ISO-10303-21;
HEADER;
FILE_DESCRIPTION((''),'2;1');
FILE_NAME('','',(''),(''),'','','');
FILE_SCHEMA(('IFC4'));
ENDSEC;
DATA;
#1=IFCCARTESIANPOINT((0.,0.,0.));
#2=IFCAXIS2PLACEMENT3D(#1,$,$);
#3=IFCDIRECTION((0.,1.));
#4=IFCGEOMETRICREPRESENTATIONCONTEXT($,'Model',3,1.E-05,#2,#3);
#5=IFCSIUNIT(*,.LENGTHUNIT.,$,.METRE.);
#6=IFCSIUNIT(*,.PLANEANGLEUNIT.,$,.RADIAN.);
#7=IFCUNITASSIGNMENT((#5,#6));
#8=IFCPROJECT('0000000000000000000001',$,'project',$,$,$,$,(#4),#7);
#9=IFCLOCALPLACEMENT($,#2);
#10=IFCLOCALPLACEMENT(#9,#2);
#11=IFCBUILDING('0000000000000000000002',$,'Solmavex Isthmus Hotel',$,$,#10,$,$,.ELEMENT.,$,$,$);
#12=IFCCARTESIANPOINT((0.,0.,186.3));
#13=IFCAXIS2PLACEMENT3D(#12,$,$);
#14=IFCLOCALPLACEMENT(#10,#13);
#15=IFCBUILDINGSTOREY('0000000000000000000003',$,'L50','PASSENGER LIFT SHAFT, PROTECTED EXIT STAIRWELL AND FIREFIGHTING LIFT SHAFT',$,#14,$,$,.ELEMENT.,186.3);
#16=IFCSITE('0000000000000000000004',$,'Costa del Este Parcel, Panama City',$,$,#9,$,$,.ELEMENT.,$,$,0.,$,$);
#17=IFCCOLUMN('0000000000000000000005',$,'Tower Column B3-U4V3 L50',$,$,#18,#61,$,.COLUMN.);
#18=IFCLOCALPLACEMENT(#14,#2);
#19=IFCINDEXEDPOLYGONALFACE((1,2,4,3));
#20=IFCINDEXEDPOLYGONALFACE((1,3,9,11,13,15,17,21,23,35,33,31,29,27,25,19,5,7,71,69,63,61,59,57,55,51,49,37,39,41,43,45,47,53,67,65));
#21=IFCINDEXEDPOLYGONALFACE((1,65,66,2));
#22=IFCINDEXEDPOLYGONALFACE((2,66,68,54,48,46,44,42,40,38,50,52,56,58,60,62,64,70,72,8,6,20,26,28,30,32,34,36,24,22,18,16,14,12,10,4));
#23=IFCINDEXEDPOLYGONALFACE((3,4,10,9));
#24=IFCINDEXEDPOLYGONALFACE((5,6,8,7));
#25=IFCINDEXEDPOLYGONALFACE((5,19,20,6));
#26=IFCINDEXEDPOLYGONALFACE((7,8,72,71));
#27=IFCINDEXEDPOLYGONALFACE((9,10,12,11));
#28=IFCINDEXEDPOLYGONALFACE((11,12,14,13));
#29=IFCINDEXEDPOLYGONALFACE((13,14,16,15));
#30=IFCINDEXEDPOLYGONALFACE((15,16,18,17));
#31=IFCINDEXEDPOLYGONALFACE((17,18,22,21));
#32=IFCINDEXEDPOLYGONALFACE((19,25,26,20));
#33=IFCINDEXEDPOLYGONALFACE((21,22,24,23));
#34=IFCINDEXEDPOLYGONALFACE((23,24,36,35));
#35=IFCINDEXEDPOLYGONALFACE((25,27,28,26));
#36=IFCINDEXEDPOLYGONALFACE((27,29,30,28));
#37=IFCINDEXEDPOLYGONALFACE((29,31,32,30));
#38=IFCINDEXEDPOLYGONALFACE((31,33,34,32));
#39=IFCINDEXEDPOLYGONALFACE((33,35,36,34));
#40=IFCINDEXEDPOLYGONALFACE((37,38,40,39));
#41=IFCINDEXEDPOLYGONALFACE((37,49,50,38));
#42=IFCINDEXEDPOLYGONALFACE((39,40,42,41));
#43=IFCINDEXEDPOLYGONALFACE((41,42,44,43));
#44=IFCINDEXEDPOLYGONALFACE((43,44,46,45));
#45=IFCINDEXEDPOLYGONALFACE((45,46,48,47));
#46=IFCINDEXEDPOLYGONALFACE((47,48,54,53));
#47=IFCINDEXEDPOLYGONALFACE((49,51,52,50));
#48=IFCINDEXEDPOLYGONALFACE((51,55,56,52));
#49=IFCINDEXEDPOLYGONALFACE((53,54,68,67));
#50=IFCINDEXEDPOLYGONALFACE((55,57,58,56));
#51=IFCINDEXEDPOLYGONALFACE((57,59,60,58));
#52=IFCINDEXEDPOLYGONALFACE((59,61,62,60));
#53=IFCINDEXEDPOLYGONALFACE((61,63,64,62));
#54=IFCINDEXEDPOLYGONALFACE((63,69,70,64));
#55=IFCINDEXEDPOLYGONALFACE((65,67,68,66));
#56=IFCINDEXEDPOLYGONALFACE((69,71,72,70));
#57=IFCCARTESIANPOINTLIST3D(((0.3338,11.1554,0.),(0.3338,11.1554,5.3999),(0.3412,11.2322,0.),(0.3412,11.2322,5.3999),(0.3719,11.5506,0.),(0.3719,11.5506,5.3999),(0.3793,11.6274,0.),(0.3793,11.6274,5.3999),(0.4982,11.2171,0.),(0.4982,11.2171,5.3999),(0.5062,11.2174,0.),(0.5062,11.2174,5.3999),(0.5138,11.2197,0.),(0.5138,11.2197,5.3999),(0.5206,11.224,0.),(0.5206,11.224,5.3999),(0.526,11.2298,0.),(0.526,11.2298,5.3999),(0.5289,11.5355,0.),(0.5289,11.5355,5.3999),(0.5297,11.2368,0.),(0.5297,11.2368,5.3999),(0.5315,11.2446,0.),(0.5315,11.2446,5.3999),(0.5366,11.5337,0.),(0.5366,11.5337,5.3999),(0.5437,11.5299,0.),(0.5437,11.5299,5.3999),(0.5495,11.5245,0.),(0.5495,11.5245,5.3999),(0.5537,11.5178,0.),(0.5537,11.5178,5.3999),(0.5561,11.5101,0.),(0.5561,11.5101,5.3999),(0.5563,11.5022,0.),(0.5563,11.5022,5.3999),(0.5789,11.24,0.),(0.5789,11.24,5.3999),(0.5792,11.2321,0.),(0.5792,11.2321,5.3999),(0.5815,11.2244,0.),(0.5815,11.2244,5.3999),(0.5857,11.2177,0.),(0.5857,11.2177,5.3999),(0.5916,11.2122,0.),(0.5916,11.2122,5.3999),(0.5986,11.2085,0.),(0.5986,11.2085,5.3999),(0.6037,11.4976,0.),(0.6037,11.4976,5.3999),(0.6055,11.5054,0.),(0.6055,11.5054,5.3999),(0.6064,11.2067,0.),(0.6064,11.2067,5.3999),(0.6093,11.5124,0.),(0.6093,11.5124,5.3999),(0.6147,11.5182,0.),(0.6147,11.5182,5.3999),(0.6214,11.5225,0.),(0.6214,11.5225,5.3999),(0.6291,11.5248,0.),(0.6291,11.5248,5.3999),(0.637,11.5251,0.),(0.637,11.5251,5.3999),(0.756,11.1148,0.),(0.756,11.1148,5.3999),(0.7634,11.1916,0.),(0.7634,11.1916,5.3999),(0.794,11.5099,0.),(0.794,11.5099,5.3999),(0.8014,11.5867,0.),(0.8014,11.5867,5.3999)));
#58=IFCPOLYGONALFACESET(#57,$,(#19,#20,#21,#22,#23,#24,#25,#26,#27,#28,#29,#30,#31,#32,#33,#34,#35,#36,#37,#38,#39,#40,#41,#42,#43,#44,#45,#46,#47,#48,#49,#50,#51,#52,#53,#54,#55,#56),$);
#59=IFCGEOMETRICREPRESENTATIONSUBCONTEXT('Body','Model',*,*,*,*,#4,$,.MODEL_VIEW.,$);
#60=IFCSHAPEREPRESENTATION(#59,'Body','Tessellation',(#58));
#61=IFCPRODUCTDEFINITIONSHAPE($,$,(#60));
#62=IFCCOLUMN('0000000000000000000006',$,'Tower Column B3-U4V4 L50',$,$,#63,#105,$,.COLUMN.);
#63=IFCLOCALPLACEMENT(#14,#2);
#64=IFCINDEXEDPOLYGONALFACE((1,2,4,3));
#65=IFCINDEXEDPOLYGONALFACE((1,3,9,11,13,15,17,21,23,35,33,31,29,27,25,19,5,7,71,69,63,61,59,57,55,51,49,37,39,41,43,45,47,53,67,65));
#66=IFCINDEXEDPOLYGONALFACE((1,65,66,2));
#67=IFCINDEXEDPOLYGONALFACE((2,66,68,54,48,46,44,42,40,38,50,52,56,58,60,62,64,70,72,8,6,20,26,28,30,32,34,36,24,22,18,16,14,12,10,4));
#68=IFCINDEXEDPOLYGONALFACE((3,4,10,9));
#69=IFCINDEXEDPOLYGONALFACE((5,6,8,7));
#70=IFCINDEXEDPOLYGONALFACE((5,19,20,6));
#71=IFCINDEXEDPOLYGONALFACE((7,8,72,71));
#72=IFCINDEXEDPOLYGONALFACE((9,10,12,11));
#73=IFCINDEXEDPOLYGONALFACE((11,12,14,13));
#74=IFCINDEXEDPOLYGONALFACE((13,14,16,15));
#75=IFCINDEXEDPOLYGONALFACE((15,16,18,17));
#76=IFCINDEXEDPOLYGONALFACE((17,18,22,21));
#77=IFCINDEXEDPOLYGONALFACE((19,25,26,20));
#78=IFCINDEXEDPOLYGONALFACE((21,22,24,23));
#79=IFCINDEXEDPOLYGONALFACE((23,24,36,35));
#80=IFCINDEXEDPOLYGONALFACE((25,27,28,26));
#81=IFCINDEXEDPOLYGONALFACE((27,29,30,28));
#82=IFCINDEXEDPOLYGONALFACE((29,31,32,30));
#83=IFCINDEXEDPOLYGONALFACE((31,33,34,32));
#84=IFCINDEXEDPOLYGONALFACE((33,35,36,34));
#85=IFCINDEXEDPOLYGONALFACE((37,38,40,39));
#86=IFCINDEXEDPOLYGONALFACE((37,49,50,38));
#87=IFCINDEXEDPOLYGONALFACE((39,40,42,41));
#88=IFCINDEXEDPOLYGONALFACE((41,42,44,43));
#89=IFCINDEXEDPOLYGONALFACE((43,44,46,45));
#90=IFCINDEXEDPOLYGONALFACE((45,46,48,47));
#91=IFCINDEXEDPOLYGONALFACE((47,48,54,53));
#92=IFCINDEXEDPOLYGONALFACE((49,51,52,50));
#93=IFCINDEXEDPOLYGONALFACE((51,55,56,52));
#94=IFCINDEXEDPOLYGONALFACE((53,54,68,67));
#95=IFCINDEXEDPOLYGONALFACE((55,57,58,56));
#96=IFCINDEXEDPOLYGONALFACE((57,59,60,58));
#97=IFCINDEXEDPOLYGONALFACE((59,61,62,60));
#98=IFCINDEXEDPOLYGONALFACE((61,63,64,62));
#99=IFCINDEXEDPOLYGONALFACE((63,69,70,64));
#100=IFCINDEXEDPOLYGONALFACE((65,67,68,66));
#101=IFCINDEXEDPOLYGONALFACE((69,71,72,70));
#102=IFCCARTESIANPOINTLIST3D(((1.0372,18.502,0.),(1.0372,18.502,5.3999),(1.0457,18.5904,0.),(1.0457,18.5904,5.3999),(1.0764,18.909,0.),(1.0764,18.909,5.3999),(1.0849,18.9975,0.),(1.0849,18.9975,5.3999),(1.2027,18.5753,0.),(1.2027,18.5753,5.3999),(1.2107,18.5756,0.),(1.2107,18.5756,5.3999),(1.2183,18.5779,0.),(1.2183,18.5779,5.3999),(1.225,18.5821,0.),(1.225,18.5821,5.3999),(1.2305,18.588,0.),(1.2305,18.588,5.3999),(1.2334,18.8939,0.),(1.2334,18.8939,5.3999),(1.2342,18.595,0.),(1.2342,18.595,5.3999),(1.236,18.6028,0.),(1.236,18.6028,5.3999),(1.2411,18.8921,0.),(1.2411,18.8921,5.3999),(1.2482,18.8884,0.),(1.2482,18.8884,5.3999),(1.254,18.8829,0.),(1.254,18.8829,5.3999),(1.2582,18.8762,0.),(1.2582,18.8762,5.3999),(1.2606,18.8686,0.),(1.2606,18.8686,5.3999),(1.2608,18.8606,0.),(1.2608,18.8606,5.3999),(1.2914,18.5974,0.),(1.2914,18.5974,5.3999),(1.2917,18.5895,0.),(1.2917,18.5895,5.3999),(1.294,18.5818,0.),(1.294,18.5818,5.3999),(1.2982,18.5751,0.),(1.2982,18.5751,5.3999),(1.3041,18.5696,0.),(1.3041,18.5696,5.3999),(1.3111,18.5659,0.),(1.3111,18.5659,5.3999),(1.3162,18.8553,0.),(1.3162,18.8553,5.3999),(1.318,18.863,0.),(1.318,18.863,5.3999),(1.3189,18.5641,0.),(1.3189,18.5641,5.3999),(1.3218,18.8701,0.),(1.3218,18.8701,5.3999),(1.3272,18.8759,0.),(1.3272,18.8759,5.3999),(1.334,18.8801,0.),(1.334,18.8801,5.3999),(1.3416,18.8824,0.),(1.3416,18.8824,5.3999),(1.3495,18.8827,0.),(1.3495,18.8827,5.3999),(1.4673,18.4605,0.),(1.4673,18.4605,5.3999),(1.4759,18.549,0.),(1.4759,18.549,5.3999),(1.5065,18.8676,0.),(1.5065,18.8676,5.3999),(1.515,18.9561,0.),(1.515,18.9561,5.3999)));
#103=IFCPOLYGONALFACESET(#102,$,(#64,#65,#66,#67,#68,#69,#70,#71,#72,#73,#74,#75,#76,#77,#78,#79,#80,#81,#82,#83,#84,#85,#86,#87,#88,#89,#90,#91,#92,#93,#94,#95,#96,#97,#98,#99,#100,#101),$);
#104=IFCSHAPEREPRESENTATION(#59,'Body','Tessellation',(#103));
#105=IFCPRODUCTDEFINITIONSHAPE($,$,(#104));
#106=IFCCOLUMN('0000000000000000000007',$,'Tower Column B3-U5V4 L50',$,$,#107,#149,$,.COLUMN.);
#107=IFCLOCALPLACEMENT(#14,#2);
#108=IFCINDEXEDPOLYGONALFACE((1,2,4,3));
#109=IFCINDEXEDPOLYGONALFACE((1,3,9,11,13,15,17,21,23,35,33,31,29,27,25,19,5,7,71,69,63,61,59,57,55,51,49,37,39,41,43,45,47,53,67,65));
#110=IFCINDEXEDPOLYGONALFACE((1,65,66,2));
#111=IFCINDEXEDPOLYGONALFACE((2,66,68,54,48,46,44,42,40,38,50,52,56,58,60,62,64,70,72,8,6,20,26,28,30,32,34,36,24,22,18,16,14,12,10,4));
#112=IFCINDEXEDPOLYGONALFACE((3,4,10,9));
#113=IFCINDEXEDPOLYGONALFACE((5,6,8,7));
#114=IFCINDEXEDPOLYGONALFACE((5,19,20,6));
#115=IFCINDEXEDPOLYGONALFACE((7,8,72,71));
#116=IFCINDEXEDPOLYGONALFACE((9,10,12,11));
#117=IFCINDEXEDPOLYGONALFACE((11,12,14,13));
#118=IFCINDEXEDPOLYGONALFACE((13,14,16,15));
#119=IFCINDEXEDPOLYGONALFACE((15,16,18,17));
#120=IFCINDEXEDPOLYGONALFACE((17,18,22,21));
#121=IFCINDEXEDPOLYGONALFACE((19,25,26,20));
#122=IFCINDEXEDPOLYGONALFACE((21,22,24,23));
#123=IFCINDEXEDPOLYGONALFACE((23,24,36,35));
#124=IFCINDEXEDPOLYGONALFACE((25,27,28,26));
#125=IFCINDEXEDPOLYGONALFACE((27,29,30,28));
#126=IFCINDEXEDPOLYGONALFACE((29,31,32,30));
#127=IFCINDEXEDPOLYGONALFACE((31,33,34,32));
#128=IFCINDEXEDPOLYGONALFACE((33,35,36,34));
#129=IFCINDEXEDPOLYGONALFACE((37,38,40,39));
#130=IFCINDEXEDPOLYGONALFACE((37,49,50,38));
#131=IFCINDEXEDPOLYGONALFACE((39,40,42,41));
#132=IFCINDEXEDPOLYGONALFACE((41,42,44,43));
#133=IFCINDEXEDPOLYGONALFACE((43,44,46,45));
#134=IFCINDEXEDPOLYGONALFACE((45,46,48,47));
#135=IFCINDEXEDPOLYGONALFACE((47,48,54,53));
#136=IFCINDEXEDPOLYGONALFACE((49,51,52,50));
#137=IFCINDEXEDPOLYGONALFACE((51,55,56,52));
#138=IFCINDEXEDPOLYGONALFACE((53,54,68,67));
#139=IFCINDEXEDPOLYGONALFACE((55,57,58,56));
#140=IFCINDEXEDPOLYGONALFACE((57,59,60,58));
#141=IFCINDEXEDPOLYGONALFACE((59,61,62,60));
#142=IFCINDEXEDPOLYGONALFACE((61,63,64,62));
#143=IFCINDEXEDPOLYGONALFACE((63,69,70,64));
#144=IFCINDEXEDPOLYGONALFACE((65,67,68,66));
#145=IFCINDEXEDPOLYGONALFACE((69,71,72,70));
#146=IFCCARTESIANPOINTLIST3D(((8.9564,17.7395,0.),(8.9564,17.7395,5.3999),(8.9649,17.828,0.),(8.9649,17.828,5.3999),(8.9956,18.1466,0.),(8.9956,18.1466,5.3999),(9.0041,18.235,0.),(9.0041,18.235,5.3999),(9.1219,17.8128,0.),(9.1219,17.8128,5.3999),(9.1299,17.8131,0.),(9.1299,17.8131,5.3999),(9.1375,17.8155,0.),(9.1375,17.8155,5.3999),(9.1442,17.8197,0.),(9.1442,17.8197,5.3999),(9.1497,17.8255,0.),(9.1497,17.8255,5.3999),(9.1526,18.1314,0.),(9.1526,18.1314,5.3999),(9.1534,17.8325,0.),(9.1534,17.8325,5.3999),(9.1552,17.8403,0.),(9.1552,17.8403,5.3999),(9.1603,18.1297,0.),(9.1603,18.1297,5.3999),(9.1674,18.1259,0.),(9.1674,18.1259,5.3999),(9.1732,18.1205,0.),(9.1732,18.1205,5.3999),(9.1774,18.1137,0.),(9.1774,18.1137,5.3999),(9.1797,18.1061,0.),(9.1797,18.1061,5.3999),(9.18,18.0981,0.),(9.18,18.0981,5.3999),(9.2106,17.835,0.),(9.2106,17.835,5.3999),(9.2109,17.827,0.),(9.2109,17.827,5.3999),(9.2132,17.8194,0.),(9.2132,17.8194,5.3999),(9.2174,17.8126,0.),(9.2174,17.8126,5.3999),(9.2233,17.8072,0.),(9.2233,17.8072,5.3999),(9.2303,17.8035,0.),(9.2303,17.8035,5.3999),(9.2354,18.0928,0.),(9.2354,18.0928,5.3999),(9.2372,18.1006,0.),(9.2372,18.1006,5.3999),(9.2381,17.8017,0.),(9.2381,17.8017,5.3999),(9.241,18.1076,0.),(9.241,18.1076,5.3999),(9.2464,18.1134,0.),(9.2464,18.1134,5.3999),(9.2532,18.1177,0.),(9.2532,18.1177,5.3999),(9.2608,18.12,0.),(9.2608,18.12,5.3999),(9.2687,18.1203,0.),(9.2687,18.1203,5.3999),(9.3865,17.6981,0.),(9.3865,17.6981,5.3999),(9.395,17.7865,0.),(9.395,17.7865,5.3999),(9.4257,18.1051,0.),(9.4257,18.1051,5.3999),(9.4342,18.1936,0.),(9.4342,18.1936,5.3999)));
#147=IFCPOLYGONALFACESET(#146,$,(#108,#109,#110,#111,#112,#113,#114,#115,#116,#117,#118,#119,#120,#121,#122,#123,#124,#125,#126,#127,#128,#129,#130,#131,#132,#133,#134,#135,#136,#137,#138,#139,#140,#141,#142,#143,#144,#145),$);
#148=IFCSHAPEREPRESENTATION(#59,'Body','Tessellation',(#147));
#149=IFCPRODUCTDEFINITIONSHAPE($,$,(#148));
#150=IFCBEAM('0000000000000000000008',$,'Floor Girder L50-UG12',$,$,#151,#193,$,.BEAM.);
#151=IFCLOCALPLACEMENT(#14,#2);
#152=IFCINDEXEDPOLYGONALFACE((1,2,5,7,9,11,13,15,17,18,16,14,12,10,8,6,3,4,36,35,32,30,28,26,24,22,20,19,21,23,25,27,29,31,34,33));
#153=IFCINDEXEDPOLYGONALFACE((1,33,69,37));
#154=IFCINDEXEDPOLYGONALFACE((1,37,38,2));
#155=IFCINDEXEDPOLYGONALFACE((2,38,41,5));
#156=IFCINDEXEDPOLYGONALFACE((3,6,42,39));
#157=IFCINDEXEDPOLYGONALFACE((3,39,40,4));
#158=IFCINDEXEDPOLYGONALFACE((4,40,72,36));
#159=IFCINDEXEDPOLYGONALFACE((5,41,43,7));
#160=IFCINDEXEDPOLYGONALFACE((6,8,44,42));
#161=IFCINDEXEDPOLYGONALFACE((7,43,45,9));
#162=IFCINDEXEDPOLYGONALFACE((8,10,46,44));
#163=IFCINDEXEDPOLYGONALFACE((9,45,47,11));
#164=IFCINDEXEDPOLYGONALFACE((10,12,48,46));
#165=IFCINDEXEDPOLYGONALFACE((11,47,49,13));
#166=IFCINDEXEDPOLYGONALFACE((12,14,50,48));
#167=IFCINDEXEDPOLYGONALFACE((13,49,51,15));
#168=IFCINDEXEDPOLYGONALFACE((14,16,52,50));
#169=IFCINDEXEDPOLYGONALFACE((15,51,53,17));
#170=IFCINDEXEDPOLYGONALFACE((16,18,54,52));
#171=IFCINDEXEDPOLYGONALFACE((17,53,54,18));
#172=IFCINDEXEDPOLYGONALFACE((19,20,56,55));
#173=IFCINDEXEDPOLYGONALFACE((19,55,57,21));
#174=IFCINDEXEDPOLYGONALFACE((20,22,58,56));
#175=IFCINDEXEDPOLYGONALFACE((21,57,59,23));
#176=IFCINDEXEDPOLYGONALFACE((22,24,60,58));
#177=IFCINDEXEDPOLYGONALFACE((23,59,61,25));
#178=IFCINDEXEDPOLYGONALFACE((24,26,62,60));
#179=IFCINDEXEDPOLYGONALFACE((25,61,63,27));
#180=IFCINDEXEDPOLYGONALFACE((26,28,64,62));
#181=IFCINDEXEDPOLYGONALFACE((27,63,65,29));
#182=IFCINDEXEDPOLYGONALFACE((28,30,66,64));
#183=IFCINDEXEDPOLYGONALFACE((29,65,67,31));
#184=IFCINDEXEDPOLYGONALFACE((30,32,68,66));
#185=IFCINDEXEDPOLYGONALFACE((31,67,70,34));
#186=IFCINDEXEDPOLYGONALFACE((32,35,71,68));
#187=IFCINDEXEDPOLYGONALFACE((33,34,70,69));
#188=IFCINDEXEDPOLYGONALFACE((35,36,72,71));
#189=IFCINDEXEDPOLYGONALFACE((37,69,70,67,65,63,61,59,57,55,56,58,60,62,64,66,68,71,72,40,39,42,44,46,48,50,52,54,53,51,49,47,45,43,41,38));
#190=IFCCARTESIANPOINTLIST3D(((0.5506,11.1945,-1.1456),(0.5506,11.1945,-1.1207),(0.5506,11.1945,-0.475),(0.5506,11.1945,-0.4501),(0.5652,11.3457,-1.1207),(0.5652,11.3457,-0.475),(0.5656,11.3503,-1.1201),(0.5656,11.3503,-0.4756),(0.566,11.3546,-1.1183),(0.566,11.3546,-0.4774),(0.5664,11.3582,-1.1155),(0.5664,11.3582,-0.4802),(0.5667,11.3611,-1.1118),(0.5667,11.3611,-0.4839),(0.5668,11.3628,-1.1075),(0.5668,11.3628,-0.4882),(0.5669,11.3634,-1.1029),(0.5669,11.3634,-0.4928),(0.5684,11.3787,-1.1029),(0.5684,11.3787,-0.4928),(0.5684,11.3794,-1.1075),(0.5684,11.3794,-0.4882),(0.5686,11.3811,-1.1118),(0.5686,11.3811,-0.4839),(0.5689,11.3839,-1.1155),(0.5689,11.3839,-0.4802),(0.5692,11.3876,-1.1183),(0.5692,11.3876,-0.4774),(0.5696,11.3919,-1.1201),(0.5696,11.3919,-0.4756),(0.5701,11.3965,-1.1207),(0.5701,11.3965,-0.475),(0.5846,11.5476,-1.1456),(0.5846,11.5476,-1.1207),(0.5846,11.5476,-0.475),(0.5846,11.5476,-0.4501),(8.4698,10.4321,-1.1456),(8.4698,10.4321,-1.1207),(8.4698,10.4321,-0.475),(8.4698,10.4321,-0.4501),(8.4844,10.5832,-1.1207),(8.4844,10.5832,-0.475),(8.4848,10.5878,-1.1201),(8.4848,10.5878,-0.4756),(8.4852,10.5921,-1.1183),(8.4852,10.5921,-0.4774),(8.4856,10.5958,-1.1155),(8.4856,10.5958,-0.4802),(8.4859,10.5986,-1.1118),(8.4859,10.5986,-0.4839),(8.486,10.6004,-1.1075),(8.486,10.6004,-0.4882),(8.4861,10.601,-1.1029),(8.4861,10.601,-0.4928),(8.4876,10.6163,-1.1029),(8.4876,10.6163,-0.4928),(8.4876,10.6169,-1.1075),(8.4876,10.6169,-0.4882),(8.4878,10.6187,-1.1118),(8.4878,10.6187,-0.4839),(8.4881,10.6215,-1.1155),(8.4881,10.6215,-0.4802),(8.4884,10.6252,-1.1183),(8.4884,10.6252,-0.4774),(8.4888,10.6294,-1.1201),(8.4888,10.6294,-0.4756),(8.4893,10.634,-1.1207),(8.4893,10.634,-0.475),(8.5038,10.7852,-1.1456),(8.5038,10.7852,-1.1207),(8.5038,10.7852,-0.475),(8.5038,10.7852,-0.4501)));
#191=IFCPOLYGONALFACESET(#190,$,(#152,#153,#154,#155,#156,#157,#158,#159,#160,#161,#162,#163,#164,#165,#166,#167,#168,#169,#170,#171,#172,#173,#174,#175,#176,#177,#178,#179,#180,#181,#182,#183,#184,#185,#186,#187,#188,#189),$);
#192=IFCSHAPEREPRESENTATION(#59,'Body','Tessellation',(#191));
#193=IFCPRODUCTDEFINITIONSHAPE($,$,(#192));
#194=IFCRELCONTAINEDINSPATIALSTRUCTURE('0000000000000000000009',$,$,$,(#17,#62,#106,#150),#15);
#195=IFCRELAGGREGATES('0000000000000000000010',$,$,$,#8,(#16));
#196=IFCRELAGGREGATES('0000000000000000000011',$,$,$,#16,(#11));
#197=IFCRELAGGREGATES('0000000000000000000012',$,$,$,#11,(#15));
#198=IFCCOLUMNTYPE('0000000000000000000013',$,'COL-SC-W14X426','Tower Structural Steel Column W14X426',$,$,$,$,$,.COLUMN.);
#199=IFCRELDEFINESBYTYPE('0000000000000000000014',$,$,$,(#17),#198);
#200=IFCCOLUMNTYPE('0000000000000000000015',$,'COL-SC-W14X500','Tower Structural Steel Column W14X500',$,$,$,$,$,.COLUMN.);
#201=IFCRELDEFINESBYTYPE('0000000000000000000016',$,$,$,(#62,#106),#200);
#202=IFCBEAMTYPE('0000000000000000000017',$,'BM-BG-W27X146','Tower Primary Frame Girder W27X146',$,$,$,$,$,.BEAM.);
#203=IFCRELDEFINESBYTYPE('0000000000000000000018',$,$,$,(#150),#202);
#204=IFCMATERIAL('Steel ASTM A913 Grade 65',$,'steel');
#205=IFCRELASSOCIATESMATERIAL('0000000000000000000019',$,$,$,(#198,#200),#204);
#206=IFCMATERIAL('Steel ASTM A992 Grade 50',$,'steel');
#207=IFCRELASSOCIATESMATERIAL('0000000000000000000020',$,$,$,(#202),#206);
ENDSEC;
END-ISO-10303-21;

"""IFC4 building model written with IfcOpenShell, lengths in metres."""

from ifc_helpers import new_model, si_unit, direction, frame, origin, origin_2d, place, context, subcontext, project, spatial, i_section, extrude, material, material_profile, profile_set, type_object, element, save


model = new_model("IFC4")

# Units and contexts
model_context = context("Model", 3, precision=1e-05, world=origin(), true_north=direction((0.0, 1.0)))
body_context = subcontext(model_context, "Body", "Model", "MODEL_VIEW")
ifc_project = project(units=[si_unit("LENGTHUNIT", "METRE"), si_unit("PLANEANGLEUNIT", "RADIAN")], contexts=[model_context])

# Site, building, storey
site_placement = place(None, origin())
site = spatial("IfcSite", under=ifc_project, at=site_placement, Name="Costa del Este Parcel, Panama City", CompositionType="ELEMENT", RefElevation=0.0)
building_placement = place(site_placement, origin())
building = spatial("IfcBuilding", under=site, at=building_placement, Name="Solmavex Isthmus Hotel", CompositionType="ELEMENT")
storey_placement = place(building_placement, frame((0.0, 0.0, 186.3)))
storey = spatial("IfcBuildingStorey", under=building, at=storey_placement, Name="L50", Description="PASSENGER LIFT SHAFT, PROTECTED EXIT STAIRWELL AND FIREFIGHTING LIFT SHAFT", CompositionType="ELEMENT", Elevation=186.3)

# Columns
ifc_material_1 = material(Name="Steel ASTM A913 Grade 65", Category="steel")
ifc_material_profile_1 = material_profile(ifc_material_1, i_section(OverallWidth=0.4241, OverallDepth=0.4741, WebThickness=0.0476, FlangeThickness=0.0771, FilletRadius=0.0305, at=origin_2d()), Name="W14X426")
ifc_profile_set_1 = profile_set([ifc_material_profile_1], Name="Steel ASTM A913 Grade 65")
column_type_1 = type_object("IfcColumnType", Name="COL-SC-W14X426", Description="Tower Structural Steel Column W14X426", PredefinedType="COLUMN", material=ifc_profile_set_1)
column_placement = place(storey_placement, frame((0.5676, 11.3711, 0.0), z_axis=(0.0, 0.0, 1.0), x_axis=(0.995396, -0.095846, 0.0)))
element("IfcColumn", 1, at=column_placement, inside=storey, type_object=column_type_1, Name="Tower Column B3-U4V3 L50", PredefinedType="COLUMN", context=body_context, shape_type="SweptSolid", body=[
    extrude(i_section(OverallWidth=0.4241, OverallDepth=0.4741, WebThickness=0.0476, FlangeThickness=0.0771, FilletRadius=0.0305, at=origin_2d()), origin(), (0.0, 0.0, 1.0), 5.3999),
])
ifc_material_profile_2 = material_profile(ifc_material_1, i_section(OverallWidth=0.4321, OverallDepth=0.4978, WebThickness=0.0557, FlangeThickness=0.0889, FilletRadius=0.0305, at=origin_2d()), Name="W14X500")
ifc_profile_set_2 = profile_set([ifc_material_profile_2], Name="Steel ASTM A913 Grade 65")
column_type_2 = type_object("IfcColumnType", Name="COL-SC-W14X500", Description="Tower Structural Steel Column W14X500", PredefinedType="COLUMN", material=ifc_profile_set_2)
for number, where, z_axis, x_axis, name in (
    (2, (1.2761, 18.729, 0.0), (0.0, 0.0, 1.0), (0.995396, -0.095846, 0.0), "Tower Column B3-U4V4 L50"),
    (3, (9.1953, 17.9666, 0.0), (0.0, 0.0, 1.0), (0.995396, -0.095846, 0.0), "Tower Column B3-U5V4 L50"),
):
    element("IfcColumn", number, at=place(storey_placement, frame(where, z_axis=z_axis, x_axis=x_axis)), inside=storey, type_object=column_type_2, Name=name, PredefinedType="COLUMN", context=body_context, shape_type="SweptSolid", body=[
        extrude(i_section(OverallWidth=0.4321, OverallDepth=0.4978, WebThickness=0.0557, FlangeThickness=0.0889, FilletRadius=0.0305, at=origin_2d()), origin(), (0.0, 0.0, 1.0), 5.3999),
    ])

# Beam
ifc_material_2 = material(Name="Steel ASTM A992 Grade 50", Category="steel")
ifc_material_profile_3 = material_profile(ifc_material_2, i_section(OverallWidth=0.3547, OverallDepth=0.6956, WebThickness=0.0154, FlangeThickness=0.0249, FilletRadius=0.0178, at=origin_2d()), Name="W27X146")
ifc_profile_set_3 = profile_set([ifc_material_profile_3], Name="Steel ASTM A992 Grade 50")
beam_type_1 = type_object("IfcBeamType", Name="BM-BG-W27X146", Description="Tower Primary Frame Girder W27X146", PredefinedType="BEAM", material=ifc_profile_set_3)
beam_1_placement = place(storey_placement, frame((0.5676, 11.3711, -0.7979), z_axis=(0.995397, -0.095836, 0.0), x_axis=(0.095836, 0.995397, 0.0)))
element("IfcBeam", 4, at=beam_1_placement, inside=storey, type_object=beam_type_1, Name="Floor Girder L50-UG12", PredefinedType="BEAM", context=body_context, shape_type="SweptSolid", body=[
    extrude(i_section(OverallWidth=0.3547, OverallDepth=0.6956, WebThickness=0.0154, FlangeThickness=0.0249, FilletRadius=0.0178, at=origin_2d()), origin(), (0.0, 0.0, 1.0), 7.9558),
])

save(model, "model.ifc")
